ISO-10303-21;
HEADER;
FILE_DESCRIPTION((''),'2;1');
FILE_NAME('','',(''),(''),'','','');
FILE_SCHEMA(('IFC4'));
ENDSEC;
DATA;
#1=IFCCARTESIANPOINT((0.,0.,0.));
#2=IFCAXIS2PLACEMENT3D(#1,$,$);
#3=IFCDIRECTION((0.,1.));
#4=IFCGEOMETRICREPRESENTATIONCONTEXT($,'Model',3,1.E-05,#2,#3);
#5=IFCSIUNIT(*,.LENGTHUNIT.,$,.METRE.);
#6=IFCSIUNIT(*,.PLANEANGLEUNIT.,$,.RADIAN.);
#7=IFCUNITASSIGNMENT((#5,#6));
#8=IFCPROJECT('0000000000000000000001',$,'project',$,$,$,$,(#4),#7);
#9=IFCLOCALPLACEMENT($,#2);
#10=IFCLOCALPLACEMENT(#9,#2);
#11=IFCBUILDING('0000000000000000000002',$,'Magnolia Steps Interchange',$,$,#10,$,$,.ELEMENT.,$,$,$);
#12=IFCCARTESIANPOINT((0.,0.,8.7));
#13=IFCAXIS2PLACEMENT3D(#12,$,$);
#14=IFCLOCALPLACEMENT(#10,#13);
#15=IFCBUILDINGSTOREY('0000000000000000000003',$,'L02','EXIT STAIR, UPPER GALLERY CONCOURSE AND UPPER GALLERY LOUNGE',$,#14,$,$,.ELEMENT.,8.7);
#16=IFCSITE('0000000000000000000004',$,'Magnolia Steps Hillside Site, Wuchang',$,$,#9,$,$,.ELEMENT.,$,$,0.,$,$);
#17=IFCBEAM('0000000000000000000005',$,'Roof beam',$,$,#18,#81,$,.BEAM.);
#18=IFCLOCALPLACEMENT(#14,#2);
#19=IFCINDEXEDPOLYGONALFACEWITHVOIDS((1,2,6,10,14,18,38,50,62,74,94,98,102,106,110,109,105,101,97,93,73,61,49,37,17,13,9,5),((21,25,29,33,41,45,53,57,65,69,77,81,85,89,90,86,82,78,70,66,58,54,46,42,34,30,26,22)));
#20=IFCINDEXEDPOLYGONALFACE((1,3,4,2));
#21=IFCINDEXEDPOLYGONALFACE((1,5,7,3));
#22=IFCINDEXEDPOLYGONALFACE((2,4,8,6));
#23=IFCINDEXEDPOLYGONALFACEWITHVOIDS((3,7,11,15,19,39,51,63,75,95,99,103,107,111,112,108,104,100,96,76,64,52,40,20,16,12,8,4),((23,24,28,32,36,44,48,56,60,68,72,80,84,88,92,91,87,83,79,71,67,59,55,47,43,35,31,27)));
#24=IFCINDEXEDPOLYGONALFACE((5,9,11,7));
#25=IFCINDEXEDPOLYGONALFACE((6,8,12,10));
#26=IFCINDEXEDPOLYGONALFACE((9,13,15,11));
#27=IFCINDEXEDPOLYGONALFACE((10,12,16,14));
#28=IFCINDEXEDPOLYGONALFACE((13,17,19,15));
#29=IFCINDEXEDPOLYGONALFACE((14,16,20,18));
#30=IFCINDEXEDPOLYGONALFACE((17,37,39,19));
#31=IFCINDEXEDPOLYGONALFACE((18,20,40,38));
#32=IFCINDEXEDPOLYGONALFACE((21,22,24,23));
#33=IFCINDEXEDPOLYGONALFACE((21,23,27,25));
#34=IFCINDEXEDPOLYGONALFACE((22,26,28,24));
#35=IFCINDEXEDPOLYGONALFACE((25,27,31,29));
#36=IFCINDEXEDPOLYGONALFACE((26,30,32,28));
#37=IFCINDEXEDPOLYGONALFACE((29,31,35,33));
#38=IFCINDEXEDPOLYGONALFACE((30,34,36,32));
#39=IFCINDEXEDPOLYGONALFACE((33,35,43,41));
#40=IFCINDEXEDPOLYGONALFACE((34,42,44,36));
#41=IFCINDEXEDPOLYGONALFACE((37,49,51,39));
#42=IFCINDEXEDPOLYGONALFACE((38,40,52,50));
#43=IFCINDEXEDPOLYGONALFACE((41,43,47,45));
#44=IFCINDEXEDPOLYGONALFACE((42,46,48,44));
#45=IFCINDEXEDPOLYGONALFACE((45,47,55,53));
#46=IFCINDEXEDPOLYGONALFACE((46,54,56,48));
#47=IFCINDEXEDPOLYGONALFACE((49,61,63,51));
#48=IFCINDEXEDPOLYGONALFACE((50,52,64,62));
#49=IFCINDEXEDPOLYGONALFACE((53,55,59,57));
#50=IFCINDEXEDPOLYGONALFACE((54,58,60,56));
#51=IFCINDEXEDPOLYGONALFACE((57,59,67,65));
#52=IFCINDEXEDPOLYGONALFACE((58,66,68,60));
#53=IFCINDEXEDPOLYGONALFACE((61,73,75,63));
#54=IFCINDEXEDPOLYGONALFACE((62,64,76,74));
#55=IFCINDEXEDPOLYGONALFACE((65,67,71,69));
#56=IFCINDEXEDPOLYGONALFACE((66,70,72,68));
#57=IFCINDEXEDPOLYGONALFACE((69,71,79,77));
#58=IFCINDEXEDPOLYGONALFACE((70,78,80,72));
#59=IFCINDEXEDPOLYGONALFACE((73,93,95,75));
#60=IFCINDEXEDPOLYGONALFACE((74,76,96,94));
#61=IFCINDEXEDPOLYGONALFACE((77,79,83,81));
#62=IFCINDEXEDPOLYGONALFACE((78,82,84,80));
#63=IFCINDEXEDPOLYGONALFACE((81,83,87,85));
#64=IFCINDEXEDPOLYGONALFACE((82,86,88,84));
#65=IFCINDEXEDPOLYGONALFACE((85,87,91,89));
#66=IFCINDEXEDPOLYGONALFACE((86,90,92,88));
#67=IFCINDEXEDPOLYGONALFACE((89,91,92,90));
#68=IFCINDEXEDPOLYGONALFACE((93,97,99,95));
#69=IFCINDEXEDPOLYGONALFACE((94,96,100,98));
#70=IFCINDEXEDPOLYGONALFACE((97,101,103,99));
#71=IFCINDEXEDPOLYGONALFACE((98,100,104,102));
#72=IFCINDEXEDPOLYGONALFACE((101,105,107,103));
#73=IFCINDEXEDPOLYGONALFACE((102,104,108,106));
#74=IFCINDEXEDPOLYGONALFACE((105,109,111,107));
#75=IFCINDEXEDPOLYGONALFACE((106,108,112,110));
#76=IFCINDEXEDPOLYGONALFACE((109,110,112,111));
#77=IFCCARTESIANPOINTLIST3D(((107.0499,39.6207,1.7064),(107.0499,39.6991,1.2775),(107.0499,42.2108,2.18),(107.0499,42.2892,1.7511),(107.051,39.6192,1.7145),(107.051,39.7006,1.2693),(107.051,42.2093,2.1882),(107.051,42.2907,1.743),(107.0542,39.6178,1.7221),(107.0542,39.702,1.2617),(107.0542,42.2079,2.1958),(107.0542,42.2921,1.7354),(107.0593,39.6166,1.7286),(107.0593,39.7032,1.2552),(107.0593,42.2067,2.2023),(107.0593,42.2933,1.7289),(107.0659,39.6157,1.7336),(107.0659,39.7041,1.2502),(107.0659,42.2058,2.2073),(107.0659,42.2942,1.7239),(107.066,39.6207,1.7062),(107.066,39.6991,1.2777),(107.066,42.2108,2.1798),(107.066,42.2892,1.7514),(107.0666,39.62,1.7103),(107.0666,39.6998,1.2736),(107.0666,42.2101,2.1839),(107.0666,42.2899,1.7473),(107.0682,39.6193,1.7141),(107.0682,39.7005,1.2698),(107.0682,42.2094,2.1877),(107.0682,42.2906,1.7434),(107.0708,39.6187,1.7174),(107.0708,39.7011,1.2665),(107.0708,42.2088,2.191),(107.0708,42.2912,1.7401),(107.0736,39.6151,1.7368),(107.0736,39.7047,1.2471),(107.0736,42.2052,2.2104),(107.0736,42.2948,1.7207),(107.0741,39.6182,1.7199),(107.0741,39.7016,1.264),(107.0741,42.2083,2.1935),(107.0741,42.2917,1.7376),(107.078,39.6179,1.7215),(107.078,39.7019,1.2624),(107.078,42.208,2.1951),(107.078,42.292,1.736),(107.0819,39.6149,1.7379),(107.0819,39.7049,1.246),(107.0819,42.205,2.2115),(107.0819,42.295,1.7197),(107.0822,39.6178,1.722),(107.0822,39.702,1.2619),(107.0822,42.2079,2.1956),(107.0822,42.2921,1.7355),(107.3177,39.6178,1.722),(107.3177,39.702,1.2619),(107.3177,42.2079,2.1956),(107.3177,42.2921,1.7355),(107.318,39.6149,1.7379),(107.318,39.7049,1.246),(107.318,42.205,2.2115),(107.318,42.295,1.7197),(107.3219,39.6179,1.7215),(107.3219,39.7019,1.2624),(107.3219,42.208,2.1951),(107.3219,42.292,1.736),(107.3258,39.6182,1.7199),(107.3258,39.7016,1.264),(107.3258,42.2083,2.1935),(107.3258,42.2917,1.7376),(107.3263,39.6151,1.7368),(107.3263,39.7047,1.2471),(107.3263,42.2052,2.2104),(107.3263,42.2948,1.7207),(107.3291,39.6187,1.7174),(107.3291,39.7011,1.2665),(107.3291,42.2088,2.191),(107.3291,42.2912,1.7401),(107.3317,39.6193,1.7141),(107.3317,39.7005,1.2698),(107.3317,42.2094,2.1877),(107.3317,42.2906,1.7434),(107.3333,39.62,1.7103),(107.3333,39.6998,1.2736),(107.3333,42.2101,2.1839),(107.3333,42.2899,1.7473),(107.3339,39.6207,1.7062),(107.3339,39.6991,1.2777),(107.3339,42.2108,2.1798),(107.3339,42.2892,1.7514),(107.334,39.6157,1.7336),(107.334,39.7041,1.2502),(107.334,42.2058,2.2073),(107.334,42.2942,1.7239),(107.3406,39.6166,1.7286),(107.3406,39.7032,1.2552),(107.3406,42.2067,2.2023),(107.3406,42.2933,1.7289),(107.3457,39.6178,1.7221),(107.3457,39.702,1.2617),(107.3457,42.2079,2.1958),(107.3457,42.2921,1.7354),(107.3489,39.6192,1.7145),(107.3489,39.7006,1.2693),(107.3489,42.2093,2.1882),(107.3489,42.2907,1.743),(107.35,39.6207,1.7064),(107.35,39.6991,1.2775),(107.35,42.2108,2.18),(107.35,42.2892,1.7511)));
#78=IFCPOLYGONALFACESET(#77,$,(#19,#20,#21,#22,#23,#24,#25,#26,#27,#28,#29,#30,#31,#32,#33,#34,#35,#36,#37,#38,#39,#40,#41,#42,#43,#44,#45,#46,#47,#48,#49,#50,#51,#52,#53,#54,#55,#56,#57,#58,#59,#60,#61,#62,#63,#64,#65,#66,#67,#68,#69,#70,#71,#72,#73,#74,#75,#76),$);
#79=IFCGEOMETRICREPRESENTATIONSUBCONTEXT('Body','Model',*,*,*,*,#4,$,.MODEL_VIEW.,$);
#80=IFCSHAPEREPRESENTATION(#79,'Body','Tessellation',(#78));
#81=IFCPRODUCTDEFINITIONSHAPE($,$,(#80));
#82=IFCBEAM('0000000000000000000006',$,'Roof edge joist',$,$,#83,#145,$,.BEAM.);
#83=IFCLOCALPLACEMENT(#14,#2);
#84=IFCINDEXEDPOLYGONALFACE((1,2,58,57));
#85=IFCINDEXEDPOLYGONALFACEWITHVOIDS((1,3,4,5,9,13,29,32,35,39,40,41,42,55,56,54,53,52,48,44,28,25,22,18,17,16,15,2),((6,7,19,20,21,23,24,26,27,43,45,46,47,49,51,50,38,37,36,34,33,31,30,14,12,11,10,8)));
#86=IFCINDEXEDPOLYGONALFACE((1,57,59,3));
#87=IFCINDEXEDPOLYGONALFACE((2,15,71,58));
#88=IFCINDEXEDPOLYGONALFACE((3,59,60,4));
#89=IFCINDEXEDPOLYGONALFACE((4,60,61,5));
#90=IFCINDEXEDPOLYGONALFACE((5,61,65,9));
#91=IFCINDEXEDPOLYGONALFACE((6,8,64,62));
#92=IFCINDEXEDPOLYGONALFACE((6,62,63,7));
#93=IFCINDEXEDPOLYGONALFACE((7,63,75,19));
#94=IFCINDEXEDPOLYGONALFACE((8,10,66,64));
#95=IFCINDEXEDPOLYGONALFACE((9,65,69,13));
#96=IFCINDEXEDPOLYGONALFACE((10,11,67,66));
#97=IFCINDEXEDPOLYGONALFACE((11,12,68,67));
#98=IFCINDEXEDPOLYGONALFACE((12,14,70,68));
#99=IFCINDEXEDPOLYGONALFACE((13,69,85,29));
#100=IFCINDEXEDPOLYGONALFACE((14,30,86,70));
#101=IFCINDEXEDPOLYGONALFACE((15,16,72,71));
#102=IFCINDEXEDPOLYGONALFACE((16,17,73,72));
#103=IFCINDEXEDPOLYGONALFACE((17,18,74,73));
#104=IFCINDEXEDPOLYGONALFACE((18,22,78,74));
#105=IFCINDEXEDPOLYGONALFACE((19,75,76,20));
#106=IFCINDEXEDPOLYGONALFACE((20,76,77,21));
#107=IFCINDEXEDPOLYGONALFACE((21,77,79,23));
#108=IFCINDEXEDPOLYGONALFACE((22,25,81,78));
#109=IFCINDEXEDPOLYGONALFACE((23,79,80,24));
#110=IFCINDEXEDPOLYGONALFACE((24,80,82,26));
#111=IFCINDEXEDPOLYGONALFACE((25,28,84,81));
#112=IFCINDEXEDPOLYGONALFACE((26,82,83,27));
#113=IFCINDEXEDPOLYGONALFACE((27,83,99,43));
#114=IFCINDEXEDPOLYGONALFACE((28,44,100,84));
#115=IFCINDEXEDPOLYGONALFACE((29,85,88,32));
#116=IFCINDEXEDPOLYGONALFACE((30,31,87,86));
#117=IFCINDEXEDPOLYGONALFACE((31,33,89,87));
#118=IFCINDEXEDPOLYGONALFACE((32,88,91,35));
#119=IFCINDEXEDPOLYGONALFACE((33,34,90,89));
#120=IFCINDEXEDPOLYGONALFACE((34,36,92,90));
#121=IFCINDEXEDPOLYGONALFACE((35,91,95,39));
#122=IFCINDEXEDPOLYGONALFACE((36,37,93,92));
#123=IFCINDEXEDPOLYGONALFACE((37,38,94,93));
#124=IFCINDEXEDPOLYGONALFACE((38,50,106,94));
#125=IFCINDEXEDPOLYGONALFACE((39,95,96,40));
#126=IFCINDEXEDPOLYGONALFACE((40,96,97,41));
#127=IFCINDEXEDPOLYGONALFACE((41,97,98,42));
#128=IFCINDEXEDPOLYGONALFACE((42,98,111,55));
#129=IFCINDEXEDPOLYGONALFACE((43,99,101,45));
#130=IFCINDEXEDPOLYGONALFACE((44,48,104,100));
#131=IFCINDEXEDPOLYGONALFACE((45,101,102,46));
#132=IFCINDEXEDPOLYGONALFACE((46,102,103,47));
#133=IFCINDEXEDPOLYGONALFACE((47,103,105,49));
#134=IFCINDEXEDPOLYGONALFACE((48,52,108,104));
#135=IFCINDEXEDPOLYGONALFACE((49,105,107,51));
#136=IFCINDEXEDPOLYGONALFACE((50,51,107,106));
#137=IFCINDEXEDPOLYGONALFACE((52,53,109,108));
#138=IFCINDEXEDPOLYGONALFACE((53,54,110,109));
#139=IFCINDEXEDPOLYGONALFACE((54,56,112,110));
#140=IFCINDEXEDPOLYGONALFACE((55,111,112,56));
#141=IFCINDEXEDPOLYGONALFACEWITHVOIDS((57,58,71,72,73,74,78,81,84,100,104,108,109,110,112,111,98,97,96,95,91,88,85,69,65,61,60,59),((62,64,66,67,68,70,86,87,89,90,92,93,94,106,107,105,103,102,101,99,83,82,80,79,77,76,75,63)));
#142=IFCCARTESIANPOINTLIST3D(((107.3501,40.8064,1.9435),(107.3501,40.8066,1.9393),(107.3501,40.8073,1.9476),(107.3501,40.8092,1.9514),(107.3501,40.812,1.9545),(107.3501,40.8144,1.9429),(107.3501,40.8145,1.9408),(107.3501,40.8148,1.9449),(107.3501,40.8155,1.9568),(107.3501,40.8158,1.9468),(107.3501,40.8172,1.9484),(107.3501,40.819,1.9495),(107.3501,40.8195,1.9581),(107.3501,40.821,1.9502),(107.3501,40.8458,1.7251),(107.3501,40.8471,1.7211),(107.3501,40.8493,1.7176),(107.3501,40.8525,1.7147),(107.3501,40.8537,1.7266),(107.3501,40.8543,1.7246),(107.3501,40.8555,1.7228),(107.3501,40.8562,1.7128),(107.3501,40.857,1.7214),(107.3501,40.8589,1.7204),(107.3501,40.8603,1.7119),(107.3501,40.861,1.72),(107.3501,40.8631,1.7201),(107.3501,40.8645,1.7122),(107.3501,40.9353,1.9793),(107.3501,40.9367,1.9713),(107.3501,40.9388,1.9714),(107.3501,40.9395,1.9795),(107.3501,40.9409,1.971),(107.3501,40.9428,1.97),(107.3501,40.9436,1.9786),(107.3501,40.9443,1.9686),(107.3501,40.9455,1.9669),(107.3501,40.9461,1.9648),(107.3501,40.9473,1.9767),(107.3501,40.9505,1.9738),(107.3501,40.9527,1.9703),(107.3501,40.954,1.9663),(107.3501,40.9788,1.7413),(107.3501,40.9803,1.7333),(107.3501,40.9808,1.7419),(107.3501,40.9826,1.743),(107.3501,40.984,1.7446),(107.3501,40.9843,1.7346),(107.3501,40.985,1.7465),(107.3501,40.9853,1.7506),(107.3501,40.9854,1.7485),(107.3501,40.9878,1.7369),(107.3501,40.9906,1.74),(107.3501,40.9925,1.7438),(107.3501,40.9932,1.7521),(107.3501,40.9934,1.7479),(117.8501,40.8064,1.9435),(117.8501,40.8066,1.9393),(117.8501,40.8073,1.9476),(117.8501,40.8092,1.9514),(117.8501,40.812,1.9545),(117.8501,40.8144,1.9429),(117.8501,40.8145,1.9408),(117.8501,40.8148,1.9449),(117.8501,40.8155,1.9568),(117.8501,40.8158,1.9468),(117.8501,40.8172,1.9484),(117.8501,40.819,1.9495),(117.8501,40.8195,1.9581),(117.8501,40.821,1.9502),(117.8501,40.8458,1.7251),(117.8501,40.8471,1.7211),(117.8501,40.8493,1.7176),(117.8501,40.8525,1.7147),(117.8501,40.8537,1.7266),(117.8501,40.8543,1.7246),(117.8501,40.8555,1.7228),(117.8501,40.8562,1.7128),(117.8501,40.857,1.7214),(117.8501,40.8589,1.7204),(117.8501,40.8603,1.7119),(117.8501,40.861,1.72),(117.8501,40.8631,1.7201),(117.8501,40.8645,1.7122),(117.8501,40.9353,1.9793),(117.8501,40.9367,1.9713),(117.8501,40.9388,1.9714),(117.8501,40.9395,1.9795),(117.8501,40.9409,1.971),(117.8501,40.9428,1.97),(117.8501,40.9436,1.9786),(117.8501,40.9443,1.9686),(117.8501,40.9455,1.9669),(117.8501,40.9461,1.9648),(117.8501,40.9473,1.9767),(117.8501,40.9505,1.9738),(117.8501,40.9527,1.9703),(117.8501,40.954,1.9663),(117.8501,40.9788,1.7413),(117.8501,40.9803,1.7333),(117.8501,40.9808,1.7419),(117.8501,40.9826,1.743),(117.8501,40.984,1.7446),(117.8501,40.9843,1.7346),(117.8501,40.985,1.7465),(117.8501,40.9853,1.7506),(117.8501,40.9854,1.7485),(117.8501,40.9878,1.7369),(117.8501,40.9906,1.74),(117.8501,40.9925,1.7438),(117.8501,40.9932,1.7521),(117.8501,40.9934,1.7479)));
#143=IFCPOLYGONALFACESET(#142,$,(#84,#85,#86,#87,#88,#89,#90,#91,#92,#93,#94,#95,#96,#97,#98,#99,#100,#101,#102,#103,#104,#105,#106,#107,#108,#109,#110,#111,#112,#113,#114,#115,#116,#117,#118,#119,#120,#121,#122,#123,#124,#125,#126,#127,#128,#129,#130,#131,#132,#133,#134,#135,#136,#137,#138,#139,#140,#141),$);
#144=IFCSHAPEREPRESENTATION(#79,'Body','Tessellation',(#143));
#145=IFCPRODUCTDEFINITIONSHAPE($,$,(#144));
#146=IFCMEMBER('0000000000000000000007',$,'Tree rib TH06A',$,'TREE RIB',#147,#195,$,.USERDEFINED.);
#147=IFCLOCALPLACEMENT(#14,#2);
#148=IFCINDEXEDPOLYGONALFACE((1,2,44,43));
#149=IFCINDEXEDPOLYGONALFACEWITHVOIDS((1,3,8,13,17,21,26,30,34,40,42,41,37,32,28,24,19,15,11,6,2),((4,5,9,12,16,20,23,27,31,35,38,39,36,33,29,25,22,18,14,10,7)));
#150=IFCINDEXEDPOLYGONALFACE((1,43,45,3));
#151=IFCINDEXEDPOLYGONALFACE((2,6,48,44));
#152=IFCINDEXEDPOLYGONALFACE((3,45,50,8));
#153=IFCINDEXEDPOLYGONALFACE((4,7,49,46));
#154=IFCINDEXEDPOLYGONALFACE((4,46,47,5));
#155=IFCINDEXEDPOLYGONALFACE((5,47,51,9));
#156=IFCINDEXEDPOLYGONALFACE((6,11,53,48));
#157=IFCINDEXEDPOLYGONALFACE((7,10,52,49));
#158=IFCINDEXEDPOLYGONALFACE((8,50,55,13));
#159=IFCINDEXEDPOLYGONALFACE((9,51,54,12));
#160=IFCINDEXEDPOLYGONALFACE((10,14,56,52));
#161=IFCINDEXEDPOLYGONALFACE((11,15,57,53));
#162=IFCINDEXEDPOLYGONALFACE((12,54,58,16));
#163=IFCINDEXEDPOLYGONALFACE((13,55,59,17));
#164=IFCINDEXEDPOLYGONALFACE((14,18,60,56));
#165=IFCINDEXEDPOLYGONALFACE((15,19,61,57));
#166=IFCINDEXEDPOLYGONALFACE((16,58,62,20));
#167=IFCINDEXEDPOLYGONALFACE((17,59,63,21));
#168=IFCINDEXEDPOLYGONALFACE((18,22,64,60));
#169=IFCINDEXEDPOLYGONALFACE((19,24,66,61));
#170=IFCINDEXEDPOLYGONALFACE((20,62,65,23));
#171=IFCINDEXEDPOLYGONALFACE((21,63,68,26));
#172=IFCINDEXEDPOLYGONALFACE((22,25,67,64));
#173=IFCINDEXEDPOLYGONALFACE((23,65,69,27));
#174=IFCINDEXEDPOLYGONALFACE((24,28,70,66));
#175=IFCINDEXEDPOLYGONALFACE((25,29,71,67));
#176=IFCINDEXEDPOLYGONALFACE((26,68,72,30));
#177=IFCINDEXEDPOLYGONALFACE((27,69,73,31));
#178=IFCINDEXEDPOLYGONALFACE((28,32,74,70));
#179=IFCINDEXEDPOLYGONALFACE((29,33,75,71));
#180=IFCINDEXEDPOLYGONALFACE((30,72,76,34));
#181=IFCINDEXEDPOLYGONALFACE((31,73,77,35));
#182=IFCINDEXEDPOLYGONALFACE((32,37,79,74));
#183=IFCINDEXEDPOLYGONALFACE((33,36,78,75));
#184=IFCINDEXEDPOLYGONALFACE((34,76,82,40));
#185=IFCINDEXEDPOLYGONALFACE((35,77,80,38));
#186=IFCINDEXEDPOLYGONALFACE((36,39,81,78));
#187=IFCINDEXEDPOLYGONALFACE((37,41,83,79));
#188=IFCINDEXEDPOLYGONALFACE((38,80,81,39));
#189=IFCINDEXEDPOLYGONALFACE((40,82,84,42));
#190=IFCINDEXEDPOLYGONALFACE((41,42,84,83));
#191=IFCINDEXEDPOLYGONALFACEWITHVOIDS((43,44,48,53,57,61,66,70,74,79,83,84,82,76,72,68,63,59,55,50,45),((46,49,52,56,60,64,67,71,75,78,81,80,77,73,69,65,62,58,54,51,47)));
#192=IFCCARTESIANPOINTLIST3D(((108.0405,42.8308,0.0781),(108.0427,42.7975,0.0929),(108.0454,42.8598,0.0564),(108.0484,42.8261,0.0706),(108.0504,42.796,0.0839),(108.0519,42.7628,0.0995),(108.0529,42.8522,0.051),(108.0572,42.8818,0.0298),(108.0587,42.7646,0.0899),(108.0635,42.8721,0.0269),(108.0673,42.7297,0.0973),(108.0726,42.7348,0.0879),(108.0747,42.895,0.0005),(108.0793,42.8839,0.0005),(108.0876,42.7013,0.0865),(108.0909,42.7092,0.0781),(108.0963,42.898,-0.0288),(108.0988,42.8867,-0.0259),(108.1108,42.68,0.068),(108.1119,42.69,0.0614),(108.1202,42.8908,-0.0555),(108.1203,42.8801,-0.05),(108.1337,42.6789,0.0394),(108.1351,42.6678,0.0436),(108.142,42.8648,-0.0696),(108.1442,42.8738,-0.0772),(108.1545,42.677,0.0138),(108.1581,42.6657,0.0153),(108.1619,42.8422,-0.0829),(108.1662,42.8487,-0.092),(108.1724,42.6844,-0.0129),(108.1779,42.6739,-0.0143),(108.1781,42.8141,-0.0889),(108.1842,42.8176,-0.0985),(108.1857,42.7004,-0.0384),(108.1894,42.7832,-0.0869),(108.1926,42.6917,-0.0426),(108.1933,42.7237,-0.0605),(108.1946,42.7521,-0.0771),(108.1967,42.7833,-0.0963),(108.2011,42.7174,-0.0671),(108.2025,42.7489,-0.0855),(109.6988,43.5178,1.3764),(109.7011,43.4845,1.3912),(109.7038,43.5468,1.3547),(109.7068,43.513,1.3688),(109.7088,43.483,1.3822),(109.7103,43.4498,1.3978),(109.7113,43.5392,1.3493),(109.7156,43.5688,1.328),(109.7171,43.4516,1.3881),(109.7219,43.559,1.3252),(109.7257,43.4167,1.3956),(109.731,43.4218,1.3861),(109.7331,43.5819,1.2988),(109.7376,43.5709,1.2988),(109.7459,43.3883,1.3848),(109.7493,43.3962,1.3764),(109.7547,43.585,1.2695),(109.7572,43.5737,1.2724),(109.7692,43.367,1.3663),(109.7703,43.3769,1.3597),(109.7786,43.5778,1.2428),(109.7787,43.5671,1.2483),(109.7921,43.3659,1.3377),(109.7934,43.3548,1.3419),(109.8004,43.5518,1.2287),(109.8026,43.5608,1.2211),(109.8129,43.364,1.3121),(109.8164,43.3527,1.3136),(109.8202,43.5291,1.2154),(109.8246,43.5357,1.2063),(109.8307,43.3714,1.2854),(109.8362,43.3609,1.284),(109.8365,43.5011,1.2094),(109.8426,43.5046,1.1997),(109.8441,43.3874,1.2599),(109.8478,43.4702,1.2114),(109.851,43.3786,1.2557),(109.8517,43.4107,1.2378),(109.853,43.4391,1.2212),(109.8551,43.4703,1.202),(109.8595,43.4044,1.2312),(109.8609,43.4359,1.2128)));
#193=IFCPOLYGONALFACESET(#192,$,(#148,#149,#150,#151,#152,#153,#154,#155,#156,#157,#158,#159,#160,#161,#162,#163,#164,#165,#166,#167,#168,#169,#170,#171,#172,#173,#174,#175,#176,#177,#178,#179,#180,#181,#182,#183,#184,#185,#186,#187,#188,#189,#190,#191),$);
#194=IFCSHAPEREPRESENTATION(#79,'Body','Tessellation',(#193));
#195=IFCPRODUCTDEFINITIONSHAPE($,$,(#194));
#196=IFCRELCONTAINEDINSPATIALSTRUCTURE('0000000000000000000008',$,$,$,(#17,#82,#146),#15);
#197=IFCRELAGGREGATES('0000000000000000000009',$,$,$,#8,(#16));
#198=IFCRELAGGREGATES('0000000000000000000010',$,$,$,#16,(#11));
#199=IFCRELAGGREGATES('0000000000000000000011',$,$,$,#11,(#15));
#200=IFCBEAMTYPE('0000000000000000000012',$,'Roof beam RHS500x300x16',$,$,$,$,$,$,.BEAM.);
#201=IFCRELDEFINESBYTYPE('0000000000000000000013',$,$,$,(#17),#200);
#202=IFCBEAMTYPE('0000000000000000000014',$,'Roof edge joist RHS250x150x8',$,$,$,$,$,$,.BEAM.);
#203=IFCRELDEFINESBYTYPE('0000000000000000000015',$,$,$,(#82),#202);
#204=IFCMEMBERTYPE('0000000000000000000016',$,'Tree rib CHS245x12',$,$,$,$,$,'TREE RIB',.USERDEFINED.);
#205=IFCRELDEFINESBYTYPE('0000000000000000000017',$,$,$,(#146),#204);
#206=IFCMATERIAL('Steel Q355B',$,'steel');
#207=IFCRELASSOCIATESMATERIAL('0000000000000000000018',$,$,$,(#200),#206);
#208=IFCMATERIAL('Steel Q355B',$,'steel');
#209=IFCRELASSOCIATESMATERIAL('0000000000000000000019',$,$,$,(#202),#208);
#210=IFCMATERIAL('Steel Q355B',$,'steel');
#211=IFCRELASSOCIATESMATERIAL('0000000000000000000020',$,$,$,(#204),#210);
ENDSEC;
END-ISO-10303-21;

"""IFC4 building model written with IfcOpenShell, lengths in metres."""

from ifc_helpers import new_model, si_unit, direction, frame, origin, origin_2d, place, context, subcontext, project, spatial, hollow_rectangle, hollow_circle, extrude, material, material_profile, profile_set, type_object, element, save


model = new_model("IFC4")

# Units and contexts
model_context = context("Model", 3, precision=1e-05, world=origin(), true_north=direction((0.0, 1.0)))
body_context = subcontext(model_context, "Body", "Model", "MODEL_VIEW")
ifc_project = project(units=[si_unit("LENGTHUNIT", "METRE"), si_unit("PLANEANGLEUNIT", "RADIAN")], contexts=[model_context])

# Site, building, storey
site_placement = place(None, origin())
site = spatial("IfcSite", under=ifc_project, at=site_placement, Name="Magnolia Steps Hillside Site, Wuchang", CompositionType="ELEMENT", RefElevation=0.0)
building_placement = place(site_placement, origin())
building = spatial("IfcBuilding", under=site, at=building_placement, Name="Magnolia Steps Interchange", CompositionType="ELEMENT")
storey_placement = place(building_placement, frame((0.0, 0.0, 8.7)))
storey = spatial("IfcBuildingStorey", under=building, at=storey_placement, Name="L02", Description="EXIT STAIR, UPPER GALLERY CONCOURSE AND UPPER GALLERY LOUNGE", CompositionType="ELEMENT", Elevation=8.7)

# Beams
ifc_material_1 = material(Name="Steel Q355B", Category="steel")
ifc_material_profile_1 = material_profile(ifc_material_1, hollow_rectangle(XDim=0.3, YDim=0.5, WallThickness=0.0161, InnerFilletRadius=0.0161, OuterFilletRadius=0.032, at=origin_2d()), Name="RHS500x300x16")
ifc_profile_set_1 = profile_set([ifc_material_profile_1], Name="Steel Q355B")
beam_type_1 = type_object("IfcBeamType", Name="Roof beam RHS500x300x16", PredefinedType="BEAM", material=ifc_profile_set_1)
beam_1_placement = place(storey_placement, frame((107.2, 42.25, 1.9656), z_axis=(0.0, -0.983688, -0.179881), x_axis=(1.0, 0.0, 0.0)))
element("IfcBeam", 1, at=beam_1_placement, inside=storey, type_object=beam_type_1, Name="Roof beam", PredefinedType="BEAM", context=body_context, shape_type="SweptSolid", body=[
    extrude(hollow_rectangle(XDim=0.3, YDim=0.5, WallThickness=0.0161, InnerFilletRadius=0.0161, OuterFilletRadius=0.032, at=origin_2d()), origin(), (0.0, 0.0, 1.0), 2.6331),
])
ifc_material_2 = material(Name="Steel Q355B", Category="steel")
ifc_material_profile_2 = material_profile(ifc_material_2, hollow_rectangle(XDim=0.1499, YDim=0.25, WallThickness=0.0081, InnerFilletRadius=0.0081, OuterFilletRadius=0.0161, at=origin_2d()), Name="RHS250x150x8")
ifc_profile_set_2 = profile_set([ifc_material_profile_2], Name="Steel Q355B")
beam_type_2 = type_object("IfcBeamType", Name="Roof edge joist RHS250x150x8", PredefinedType="BEAM", material=ifc_profile_set_2)
beam_2_placement = place(storey_placement, frame((107.3501, 40.8999, 1.8457), z_axis=(1.0, 0.0, 0.0), x_axis=(0.0, 0.983677, 0.179941)))
element("IfcBeam", 2, at=beam_2_placement, inside=storey, type_object=beam_type_2, Name="Roof edge joist", PredefinedType="BEAM", context=body_context, shape_type="SweptSolid", body=[
    extrude(hollow_rectangle(XDim=0.1499, YDim=0.25, WallThickness=0.0081, InnerFilletRadius=0.0081, OuterFilletRadius=0.0161, at=origin_2d()), origin(), (0.0, 0.0, 1.0), 10.5),
])

# Member
ifc_material_3 = material(Name="Steel Q355B", Category="steel")
ifc_material_profile_3 = material_profile(ifc_material_3, hollow_circle(Radius=0.1226, WallThickness=0.012, at=origin_2d()), Name="CHS245x12")
ifc_profile_set_3 = profile_set([ifc_material_profile_3], Name="Steel Q355B")
member_type = type_object("IfcMemberType", Name="Tree rib CHS245x12", ElementType="TREE RIB", PredefinedType="USERDEFINED", material=ifc_profile_set_3)
for number, where, z_axis, x_axis, name in (
    (3, (108.1216, 42.7817, 0.0005), (0.74859, 0.310103, 0.586045), (-0.382712, 0.923868, 0.0), "Tree rib TH06A"),
):
    element("IfcMember", number, at=place(storey_placement, frame(where, z_axis=z_axis, x_axis=x_axis)), inside=storey, type_object=member_type, Name=name, ObjectType="TREE RIB", PredefinedType="USERDEFINED", context=body_context, shape_type="SweptSolid", body=[
        extrude(hollow_circle(Radius=0.1226, WallThickness=0.012, at=origin_2d()), origin(), (0.0, 0.0, 1.0), 2.2153),
    ])

save(model, "model.ifc")
